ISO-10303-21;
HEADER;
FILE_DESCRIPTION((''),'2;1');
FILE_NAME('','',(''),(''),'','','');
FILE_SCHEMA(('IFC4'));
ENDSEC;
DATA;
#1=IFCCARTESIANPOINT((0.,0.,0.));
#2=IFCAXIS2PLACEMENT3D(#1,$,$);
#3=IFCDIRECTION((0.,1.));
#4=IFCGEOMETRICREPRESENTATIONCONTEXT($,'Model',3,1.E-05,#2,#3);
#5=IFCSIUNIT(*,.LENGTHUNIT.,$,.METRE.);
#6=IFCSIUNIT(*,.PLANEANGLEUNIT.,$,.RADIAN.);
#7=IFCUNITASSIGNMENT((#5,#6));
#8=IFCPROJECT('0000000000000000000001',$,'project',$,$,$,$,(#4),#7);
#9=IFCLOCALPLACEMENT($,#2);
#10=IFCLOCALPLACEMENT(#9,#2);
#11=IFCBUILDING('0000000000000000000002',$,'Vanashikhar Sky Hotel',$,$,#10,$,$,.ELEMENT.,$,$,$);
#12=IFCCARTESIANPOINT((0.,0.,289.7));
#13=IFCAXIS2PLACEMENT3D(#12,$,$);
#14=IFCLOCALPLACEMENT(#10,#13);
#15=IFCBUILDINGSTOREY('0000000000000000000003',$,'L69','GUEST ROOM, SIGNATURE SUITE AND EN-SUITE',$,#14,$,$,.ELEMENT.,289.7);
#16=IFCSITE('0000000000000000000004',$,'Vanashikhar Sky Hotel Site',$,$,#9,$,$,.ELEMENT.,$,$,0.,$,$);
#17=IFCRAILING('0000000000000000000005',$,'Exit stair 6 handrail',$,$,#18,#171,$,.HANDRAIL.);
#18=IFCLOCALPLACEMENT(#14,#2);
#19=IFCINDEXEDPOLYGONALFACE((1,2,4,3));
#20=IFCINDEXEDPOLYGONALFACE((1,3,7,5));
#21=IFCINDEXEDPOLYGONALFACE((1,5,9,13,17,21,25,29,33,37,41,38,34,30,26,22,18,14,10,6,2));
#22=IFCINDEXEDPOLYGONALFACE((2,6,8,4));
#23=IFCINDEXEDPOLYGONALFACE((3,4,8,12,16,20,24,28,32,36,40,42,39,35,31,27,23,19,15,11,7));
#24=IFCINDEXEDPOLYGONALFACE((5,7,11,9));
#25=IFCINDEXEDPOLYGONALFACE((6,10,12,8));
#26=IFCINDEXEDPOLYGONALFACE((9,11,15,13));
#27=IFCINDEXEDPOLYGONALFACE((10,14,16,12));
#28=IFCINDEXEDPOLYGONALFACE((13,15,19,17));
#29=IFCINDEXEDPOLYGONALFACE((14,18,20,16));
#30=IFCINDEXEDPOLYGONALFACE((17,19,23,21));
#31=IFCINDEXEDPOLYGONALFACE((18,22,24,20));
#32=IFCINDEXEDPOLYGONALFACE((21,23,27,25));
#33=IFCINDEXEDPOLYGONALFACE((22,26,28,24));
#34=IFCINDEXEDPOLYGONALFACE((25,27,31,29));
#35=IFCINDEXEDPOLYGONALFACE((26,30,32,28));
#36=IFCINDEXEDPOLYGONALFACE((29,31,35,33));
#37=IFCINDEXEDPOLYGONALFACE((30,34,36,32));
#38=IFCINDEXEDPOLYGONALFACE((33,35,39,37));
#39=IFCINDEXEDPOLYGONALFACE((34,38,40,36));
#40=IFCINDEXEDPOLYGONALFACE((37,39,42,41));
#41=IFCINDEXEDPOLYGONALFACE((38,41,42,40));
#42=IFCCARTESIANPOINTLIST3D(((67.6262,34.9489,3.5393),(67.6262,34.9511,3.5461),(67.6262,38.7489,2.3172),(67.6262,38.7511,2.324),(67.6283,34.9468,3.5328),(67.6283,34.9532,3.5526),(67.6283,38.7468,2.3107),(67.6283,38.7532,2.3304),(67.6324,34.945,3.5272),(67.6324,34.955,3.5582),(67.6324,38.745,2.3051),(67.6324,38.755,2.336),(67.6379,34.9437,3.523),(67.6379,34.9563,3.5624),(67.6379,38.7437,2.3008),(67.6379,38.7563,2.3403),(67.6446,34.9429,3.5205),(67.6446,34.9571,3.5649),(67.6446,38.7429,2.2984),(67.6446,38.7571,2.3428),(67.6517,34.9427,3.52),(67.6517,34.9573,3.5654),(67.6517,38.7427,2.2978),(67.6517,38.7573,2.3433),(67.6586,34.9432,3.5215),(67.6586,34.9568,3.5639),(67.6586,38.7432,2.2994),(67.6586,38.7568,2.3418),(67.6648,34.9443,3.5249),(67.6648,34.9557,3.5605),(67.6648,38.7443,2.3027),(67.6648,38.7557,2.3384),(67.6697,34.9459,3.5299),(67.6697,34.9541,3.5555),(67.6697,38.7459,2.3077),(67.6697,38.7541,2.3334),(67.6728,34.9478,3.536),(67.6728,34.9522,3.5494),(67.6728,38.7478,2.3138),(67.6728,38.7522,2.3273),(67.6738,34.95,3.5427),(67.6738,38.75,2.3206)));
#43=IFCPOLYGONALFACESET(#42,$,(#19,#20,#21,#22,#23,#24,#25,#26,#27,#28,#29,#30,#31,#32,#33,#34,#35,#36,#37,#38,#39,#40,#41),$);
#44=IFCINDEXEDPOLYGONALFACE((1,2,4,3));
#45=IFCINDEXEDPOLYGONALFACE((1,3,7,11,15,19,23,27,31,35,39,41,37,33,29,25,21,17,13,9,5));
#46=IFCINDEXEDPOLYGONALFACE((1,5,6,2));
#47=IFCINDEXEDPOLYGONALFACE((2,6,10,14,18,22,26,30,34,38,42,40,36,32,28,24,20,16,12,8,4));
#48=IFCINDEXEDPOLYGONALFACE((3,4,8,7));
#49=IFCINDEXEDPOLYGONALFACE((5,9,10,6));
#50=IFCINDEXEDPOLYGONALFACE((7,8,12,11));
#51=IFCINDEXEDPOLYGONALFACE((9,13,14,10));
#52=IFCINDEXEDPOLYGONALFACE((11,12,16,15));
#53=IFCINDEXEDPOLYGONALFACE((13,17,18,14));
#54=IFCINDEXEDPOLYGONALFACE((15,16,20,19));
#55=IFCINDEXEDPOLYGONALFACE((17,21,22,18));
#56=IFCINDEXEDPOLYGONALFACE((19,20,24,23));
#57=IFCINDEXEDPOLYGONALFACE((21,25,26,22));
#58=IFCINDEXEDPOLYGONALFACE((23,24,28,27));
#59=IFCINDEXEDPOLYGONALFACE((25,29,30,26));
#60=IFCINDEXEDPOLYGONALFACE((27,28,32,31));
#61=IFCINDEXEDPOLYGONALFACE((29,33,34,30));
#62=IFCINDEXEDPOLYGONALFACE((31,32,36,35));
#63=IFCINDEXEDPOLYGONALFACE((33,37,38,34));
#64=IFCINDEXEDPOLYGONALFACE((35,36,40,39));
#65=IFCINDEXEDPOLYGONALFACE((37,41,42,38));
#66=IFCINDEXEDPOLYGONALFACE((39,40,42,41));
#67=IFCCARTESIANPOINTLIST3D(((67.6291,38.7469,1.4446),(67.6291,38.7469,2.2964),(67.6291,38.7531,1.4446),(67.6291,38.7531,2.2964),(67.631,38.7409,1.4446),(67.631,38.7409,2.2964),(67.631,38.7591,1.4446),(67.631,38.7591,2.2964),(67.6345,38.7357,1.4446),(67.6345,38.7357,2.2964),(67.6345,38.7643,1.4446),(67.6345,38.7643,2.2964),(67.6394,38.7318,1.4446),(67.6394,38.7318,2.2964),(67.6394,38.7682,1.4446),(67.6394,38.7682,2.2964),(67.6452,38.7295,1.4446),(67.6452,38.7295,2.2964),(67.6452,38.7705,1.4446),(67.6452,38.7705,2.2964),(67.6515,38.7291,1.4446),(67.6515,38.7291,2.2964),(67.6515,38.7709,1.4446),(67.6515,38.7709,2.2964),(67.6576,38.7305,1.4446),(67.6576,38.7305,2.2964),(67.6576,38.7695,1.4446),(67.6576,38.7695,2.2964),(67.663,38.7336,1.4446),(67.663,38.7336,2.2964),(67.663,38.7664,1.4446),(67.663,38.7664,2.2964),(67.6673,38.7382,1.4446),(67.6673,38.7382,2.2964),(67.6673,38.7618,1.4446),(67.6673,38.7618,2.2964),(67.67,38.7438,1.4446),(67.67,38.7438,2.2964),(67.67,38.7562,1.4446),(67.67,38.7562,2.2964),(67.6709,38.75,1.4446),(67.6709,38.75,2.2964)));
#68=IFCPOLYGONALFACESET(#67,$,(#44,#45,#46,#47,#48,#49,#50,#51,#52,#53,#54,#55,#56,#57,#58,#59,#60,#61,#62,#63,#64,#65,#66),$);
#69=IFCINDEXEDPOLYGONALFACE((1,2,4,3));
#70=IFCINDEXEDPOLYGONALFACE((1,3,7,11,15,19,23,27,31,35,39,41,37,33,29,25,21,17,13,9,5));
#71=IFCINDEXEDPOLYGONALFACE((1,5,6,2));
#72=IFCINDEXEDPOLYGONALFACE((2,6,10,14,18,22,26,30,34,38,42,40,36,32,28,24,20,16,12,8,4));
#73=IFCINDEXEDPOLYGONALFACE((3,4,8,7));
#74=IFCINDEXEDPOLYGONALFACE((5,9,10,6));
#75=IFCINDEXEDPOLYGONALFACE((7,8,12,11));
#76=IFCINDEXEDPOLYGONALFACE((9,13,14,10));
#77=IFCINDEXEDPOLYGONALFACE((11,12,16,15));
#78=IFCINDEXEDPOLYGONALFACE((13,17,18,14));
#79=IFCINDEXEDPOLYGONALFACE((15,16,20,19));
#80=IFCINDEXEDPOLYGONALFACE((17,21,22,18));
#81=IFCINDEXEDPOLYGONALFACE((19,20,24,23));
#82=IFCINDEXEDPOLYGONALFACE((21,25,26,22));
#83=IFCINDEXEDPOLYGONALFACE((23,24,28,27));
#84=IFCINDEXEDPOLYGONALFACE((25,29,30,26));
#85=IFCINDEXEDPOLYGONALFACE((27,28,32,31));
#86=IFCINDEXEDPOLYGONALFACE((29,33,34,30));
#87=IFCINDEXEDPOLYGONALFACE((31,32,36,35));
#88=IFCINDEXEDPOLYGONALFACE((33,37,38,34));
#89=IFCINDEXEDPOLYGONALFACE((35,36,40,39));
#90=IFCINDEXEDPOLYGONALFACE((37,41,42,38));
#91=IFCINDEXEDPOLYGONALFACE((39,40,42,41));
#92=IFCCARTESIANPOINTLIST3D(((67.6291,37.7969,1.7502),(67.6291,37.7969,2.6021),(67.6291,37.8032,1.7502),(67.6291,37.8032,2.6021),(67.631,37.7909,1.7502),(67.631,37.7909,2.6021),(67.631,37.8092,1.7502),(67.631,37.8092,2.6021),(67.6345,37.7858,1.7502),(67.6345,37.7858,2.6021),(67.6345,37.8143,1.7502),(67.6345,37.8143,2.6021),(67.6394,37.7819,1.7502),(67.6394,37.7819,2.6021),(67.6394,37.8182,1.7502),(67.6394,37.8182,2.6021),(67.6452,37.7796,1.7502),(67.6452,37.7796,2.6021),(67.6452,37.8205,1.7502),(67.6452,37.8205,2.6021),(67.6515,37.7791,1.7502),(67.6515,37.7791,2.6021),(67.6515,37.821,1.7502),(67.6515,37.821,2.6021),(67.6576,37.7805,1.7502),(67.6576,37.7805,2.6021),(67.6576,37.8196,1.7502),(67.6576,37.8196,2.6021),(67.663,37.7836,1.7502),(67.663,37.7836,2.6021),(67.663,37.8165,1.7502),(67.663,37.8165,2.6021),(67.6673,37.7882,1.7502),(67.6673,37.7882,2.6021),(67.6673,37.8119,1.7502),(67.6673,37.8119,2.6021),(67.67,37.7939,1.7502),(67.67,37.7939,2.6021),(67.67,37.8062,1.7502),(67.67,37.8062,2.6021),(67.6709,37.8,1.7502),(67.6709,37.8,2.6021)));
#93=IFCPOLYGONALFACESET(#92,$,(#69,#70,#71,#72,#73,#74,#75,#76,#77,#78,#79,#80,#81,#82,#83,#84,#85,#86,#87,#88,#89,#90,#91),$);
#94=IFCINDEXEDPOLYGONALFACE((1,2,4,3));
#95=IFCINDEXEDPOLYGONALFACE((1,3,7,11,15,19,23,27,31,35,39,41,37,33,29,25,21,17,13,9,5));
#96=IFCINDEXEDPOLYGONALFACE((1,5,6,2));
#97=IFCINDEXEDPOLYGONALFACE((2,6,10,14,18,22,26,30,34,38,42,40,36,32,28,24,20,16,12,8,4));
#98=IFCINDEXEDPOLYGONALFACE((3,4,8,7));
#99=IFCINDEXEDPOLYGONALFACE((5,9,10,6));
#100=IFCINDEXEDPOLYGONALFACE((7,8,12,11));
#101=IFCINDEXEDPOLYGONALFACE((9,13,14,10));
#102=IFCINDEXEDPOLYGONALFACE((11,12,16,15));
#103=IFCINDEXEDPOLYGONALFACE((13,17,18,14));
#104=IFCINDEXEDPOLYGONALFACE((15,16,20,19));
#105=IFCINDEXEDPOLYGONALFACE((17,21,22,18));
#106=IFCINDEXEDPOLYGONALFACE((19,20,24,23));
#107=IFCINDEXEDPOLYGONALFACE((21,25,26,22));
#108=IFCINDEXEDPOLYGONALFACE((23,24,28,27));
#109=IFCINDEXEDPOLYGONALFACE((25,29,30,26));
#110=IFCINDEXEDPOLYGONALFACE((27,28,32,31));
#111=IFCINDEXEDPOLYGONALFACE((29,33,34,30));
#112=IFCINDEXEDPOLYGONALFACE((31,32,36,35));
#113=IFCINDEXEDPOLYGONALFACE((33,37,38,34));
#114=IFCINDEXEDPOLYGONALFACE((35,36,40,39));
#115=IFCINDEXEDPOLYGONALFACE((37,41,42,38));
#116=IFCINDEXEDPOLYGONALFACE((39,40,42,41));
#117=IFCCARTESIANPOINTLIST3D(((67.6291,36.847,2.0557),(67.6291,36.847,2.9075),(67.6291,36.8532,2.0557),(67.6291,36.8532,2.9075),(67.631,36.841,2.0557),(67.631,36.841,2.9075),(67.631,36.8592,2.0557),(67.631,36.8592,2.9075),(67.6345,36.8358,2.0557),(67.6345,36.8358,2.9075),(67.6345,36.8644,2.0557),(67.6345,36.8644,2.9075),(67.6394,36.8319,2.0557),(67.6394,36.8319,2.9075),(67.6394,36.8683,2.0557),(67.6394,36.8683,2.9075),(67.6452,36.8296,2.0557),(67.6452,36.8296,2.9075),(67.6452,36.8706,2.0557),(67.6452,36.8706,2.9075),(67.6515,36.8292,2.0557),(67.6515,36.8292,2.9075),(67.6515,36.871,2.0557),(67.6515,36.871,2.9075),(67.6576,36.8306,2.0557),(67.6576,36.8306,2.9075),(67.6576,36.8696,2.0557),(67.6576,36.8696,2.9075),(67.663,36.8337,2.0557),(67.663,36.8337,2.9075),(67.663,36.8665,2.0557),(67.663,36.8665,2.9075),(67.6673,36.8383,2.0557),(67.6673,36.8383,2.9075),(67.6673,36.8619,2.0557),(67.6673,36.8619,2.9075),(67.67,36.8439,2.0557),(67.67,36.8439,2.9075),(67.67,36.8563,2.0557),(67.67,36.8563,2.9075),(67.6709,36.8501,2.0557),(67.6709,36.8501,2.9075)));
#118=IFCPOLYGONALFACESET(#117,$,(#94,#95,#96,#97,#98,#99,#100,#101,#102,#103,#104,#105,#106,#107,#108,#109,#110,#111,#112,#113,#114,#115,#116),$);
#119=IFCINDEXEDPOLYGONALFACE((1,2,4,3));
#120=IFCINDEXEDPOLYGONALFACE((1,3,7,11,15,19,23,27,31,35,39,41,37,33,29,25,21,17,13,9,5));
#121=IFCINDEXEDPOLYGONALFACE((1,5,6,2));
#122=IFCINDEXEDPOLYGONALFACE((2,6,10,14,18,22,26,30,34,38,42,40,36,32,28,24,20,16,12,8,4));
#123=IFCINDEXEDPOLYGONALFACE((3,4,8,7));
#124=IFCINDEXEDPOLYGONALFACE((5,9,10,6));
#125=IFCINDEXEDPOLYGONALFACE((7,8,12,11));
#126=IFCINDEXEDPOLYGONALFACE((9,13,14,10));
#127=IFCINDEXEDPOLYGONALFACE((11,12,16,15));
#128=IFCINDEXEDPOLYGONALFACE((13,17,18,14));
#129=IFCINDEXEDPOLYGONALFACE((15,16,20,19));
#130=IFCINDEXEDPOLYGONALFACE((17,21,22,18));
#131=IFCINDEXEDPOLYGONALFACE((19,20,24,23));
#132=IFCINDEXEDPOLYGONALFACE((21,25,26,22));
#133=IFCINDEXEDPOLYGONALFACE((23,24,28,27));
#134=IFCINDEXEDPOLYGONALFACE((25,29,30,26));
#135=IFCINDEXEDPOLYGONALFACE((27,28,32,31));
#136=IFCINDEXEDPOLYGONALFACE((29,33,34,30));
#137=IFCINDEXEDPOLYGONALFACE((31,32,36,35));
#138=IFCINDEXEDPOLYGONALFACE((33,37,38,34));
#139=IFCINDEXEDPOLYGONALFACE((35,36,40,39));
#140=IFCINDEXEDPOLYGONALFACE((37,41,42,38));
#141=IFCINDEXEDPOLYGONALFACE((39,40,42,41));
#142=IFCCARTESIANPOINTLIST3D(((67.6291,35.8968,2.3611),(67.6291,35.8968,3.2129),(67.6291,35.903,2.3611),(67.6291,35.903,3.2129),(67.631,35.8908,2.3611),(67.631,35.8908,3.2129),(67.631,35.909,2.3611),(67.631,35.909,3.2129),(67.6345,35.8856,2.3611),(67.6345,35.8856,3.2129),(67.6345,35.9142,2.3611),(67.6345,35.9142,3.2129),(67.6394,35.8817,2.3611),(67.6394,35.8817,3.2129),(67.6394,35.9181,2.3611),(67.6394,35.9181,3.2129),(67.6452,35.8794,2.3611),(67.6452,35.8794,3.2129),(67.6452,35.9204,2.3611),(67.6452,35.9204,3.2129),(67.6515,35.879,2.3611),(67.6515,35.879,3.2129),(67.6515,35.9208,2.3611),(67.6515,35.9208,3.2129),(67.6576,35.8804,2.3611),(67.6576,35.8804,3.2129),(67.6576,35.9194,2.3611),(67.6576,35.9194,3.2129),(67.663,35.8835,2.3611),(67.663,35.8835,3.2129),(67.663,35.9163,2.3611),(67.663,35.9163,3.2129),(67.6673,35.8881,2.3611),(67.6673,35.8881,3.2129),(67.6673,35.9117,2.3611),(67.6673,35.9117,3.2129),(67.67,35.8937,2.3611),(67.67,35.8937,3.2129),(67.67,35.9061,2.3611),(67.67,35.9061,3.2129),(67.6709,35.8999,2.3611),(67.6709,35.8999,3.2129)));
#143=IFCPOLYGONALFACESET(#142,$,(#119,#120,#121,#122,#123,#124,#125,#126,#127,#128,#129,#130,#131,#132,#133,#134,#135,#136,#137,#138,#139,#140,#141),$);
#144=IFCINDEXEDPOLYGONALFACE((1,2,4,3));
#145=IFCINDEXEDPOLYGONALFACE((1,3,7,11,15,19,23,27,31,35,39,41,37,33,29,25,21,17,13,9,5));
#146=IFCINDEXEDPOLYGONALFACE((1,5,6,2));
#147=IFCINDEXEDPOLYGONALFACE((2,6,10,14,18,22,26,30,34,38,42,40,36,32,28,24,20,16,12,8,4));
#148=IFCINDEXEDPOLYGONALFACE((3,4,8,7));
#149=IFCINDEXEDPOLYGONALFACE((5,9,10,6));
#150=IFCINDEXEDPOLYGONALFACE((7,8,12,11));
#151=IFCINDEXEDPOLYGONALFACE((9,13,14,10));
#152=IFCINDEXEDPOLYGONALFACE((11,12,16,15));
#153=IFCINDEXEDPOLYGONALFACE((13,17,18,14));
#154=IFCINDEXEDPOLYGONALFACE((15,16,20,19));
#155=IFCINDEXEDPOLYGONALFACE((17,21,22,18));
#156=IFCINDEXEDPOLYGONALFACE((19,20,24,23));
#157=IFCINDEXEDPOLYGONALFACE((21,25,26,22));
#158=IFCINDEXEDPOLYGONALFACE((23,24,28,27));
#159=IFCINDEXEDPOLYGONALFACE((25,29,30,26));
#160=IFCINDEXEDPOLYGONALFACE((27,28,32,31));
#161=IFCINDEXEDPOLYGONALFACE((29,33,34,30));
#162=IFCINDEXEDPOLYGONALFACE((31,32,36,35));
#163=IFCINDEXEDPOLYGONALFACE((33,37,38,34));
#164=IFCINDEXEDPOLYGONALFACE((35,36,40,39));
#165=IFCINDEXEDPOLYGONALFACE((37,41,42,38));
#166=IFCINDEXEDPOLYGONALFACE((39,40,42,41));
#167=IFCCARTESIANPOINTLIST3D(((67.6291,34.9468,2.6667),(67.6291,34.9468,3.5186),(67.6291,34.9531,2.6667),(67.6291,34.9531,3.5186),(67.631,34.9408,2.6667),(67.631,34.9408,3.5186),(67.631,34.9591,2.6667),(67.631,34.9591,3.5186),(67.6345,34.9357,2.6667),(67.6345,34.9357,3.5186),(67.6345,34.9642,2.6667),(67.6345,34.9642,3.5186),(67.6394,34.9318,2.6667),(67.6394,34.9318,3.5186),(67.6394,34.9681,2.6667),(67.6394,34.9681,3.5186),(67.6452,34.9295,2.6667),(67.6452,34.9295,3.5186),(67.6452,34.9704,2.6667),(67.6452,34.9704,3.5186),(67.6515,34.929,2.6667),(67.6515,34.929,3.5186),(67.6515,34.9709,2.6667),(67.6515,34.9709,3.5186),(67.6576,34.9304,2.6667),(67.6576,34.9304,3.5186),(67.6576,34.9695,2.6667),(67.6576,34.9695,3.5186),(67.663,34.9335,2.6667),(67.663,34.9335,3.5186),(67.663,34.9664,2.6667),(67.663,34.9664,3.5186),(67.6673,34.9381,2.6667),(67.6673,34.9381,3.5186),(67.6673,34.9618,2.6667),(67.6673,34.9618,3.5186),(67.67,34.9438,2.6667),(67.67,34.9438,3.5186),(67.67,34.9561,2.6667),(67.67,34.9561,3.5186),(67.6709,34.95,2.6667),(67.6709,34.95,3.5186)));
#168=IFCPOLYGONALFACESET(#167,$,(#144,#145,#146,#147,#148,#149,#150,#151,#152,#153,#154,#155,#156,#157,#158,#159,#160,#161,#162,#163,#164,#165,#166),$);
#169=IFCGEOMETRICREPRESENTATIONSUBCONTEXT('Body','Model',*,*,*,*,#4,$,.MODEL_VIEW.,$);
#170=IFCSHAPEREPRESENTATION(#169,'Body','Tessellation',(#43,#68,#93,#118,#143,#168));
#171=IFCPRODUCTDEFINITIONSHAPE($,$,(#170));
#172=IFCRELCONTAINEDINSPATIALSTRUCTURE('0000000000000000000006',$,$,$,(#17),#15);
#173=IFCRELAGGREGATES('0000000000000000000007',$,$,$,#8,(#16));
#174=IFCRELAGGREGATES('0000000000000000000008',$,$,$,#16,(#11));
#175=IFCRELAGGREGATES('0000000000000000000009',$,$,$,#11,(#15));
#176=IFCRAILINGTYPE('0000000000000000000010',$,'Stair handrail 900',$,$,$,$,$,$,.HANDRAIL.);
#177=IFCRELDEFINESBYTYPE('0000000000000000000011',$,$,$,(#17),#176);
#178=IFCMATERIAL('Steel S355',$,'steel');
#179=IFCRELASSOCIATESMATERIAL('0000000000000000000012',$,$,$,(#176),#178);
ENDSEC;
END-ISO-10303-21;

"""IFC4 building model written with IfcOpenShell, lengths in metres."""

from ifc_helpers import new_model, si_unit, direction, frame, origin, origin_2d, place, context, subcontext, project, spatial, circle, extrude, source, transform, mapped, material, type_object, element, save


model = new_model("IFC4")

# Units and contexts
model_context = context("Model", 3, precision=1e-05, world=origin(), true_north=direction((0.0, 1.0)))
body_context = subcontext(model_context, "Body", "Model", "MODEL_VIEW")
ifc_project = project(units=[si_unit("LENGTHUNIT", "METRE"), si_unit("PLANEANGLEUNIT", "RADIAN")], contexts=[model_context])

# Site, building, storey
site_placement = place(None, origin())
site = spatial("IfcSite", under=ifc_project, at=site_placement, Name="Vanashikhar Sky Hotel Site", CompositionType="ELEMENT", RefElevation=0.0)
building_placement = place(site_placement, origin())
building = spatial("IfcBuilding", under=site, at=building_placement, Name="Vanashikhar Sky Hotel", CompositionType="ELEMENT")
storey_placement = place(building_placement, frame((0.0, 0.0, 289.7)))
storey = spatial("IfcBuildingStorey", under=building, at=storey_placement, Name="L69", Description="GUEST ROOM, SIGNATURE SUITE AND EN-SUITE", CompositionType="ELEMENT", Elevation=289.7)

# Railing
ifc_material_1 = material(Name="Steel S355", Category="steel")
railing_type_1 = type_object("IfcRailingType", Name="Stair handrail 900", PredefinedType="HANDRAIL", material=ifc_material_1)
shared_shape_1 = source(origin(), body_context, "Body", "SweptSolid", [
    extrude(circle(Radius=0.0239, at=origin_2d()), frame((0.0, 0.0, 0.876), z_axis=(0.0, -0.951976, 0.306173), x_axis=(1.0, 0.0, 0.0)), (0.0, 0.0, 1.0), 3.9917),
    extrude(circle(Radius=0.021, at=origin_2d()), origin(), (0.0, 0.0, 1.0), 0.8518),
    extrude(circle(Radius=0.021, at=origin_2d()), frame((0.0, -0.95, 0.3057)), (0.0, 0.0, 1.0), 0.8518),
    extrude(circle(Radius=0.021, at=origin_2d()), frame((0.0, -1.8999, 0.6111)), (0.0, 0.0, 1.0), 0.8518),
    extrude(circle(Radius=0.021, at=origin_2d()), frame((0.0, -2.8501, 0.9165)), (0.0, 0.0, 1.0), 0.8518),
    extrude(circle(Radius=0.021, at=origin_2d()), frame((0.0, -3.8, 1.2222)), (0.0, 0.0, 1.0), 0.8518),
])
railing_1_placement = place(storey_placement, frame((67.6499, 38.75, 1.4446)))
element("IfcRailing", 1, at=railing_1_placement, inside=storey, type_object=railing_type_1, Name="Exit stair 6 handrail", PredefinedType="HANDRAIL", context=body_context, shape_type="MappedRepresentation", body=[
    mapped(shared_shape_1, transform((0.0, 0.0, 0.0), scale=1.0)),
])

save(model, "model.ifc")
